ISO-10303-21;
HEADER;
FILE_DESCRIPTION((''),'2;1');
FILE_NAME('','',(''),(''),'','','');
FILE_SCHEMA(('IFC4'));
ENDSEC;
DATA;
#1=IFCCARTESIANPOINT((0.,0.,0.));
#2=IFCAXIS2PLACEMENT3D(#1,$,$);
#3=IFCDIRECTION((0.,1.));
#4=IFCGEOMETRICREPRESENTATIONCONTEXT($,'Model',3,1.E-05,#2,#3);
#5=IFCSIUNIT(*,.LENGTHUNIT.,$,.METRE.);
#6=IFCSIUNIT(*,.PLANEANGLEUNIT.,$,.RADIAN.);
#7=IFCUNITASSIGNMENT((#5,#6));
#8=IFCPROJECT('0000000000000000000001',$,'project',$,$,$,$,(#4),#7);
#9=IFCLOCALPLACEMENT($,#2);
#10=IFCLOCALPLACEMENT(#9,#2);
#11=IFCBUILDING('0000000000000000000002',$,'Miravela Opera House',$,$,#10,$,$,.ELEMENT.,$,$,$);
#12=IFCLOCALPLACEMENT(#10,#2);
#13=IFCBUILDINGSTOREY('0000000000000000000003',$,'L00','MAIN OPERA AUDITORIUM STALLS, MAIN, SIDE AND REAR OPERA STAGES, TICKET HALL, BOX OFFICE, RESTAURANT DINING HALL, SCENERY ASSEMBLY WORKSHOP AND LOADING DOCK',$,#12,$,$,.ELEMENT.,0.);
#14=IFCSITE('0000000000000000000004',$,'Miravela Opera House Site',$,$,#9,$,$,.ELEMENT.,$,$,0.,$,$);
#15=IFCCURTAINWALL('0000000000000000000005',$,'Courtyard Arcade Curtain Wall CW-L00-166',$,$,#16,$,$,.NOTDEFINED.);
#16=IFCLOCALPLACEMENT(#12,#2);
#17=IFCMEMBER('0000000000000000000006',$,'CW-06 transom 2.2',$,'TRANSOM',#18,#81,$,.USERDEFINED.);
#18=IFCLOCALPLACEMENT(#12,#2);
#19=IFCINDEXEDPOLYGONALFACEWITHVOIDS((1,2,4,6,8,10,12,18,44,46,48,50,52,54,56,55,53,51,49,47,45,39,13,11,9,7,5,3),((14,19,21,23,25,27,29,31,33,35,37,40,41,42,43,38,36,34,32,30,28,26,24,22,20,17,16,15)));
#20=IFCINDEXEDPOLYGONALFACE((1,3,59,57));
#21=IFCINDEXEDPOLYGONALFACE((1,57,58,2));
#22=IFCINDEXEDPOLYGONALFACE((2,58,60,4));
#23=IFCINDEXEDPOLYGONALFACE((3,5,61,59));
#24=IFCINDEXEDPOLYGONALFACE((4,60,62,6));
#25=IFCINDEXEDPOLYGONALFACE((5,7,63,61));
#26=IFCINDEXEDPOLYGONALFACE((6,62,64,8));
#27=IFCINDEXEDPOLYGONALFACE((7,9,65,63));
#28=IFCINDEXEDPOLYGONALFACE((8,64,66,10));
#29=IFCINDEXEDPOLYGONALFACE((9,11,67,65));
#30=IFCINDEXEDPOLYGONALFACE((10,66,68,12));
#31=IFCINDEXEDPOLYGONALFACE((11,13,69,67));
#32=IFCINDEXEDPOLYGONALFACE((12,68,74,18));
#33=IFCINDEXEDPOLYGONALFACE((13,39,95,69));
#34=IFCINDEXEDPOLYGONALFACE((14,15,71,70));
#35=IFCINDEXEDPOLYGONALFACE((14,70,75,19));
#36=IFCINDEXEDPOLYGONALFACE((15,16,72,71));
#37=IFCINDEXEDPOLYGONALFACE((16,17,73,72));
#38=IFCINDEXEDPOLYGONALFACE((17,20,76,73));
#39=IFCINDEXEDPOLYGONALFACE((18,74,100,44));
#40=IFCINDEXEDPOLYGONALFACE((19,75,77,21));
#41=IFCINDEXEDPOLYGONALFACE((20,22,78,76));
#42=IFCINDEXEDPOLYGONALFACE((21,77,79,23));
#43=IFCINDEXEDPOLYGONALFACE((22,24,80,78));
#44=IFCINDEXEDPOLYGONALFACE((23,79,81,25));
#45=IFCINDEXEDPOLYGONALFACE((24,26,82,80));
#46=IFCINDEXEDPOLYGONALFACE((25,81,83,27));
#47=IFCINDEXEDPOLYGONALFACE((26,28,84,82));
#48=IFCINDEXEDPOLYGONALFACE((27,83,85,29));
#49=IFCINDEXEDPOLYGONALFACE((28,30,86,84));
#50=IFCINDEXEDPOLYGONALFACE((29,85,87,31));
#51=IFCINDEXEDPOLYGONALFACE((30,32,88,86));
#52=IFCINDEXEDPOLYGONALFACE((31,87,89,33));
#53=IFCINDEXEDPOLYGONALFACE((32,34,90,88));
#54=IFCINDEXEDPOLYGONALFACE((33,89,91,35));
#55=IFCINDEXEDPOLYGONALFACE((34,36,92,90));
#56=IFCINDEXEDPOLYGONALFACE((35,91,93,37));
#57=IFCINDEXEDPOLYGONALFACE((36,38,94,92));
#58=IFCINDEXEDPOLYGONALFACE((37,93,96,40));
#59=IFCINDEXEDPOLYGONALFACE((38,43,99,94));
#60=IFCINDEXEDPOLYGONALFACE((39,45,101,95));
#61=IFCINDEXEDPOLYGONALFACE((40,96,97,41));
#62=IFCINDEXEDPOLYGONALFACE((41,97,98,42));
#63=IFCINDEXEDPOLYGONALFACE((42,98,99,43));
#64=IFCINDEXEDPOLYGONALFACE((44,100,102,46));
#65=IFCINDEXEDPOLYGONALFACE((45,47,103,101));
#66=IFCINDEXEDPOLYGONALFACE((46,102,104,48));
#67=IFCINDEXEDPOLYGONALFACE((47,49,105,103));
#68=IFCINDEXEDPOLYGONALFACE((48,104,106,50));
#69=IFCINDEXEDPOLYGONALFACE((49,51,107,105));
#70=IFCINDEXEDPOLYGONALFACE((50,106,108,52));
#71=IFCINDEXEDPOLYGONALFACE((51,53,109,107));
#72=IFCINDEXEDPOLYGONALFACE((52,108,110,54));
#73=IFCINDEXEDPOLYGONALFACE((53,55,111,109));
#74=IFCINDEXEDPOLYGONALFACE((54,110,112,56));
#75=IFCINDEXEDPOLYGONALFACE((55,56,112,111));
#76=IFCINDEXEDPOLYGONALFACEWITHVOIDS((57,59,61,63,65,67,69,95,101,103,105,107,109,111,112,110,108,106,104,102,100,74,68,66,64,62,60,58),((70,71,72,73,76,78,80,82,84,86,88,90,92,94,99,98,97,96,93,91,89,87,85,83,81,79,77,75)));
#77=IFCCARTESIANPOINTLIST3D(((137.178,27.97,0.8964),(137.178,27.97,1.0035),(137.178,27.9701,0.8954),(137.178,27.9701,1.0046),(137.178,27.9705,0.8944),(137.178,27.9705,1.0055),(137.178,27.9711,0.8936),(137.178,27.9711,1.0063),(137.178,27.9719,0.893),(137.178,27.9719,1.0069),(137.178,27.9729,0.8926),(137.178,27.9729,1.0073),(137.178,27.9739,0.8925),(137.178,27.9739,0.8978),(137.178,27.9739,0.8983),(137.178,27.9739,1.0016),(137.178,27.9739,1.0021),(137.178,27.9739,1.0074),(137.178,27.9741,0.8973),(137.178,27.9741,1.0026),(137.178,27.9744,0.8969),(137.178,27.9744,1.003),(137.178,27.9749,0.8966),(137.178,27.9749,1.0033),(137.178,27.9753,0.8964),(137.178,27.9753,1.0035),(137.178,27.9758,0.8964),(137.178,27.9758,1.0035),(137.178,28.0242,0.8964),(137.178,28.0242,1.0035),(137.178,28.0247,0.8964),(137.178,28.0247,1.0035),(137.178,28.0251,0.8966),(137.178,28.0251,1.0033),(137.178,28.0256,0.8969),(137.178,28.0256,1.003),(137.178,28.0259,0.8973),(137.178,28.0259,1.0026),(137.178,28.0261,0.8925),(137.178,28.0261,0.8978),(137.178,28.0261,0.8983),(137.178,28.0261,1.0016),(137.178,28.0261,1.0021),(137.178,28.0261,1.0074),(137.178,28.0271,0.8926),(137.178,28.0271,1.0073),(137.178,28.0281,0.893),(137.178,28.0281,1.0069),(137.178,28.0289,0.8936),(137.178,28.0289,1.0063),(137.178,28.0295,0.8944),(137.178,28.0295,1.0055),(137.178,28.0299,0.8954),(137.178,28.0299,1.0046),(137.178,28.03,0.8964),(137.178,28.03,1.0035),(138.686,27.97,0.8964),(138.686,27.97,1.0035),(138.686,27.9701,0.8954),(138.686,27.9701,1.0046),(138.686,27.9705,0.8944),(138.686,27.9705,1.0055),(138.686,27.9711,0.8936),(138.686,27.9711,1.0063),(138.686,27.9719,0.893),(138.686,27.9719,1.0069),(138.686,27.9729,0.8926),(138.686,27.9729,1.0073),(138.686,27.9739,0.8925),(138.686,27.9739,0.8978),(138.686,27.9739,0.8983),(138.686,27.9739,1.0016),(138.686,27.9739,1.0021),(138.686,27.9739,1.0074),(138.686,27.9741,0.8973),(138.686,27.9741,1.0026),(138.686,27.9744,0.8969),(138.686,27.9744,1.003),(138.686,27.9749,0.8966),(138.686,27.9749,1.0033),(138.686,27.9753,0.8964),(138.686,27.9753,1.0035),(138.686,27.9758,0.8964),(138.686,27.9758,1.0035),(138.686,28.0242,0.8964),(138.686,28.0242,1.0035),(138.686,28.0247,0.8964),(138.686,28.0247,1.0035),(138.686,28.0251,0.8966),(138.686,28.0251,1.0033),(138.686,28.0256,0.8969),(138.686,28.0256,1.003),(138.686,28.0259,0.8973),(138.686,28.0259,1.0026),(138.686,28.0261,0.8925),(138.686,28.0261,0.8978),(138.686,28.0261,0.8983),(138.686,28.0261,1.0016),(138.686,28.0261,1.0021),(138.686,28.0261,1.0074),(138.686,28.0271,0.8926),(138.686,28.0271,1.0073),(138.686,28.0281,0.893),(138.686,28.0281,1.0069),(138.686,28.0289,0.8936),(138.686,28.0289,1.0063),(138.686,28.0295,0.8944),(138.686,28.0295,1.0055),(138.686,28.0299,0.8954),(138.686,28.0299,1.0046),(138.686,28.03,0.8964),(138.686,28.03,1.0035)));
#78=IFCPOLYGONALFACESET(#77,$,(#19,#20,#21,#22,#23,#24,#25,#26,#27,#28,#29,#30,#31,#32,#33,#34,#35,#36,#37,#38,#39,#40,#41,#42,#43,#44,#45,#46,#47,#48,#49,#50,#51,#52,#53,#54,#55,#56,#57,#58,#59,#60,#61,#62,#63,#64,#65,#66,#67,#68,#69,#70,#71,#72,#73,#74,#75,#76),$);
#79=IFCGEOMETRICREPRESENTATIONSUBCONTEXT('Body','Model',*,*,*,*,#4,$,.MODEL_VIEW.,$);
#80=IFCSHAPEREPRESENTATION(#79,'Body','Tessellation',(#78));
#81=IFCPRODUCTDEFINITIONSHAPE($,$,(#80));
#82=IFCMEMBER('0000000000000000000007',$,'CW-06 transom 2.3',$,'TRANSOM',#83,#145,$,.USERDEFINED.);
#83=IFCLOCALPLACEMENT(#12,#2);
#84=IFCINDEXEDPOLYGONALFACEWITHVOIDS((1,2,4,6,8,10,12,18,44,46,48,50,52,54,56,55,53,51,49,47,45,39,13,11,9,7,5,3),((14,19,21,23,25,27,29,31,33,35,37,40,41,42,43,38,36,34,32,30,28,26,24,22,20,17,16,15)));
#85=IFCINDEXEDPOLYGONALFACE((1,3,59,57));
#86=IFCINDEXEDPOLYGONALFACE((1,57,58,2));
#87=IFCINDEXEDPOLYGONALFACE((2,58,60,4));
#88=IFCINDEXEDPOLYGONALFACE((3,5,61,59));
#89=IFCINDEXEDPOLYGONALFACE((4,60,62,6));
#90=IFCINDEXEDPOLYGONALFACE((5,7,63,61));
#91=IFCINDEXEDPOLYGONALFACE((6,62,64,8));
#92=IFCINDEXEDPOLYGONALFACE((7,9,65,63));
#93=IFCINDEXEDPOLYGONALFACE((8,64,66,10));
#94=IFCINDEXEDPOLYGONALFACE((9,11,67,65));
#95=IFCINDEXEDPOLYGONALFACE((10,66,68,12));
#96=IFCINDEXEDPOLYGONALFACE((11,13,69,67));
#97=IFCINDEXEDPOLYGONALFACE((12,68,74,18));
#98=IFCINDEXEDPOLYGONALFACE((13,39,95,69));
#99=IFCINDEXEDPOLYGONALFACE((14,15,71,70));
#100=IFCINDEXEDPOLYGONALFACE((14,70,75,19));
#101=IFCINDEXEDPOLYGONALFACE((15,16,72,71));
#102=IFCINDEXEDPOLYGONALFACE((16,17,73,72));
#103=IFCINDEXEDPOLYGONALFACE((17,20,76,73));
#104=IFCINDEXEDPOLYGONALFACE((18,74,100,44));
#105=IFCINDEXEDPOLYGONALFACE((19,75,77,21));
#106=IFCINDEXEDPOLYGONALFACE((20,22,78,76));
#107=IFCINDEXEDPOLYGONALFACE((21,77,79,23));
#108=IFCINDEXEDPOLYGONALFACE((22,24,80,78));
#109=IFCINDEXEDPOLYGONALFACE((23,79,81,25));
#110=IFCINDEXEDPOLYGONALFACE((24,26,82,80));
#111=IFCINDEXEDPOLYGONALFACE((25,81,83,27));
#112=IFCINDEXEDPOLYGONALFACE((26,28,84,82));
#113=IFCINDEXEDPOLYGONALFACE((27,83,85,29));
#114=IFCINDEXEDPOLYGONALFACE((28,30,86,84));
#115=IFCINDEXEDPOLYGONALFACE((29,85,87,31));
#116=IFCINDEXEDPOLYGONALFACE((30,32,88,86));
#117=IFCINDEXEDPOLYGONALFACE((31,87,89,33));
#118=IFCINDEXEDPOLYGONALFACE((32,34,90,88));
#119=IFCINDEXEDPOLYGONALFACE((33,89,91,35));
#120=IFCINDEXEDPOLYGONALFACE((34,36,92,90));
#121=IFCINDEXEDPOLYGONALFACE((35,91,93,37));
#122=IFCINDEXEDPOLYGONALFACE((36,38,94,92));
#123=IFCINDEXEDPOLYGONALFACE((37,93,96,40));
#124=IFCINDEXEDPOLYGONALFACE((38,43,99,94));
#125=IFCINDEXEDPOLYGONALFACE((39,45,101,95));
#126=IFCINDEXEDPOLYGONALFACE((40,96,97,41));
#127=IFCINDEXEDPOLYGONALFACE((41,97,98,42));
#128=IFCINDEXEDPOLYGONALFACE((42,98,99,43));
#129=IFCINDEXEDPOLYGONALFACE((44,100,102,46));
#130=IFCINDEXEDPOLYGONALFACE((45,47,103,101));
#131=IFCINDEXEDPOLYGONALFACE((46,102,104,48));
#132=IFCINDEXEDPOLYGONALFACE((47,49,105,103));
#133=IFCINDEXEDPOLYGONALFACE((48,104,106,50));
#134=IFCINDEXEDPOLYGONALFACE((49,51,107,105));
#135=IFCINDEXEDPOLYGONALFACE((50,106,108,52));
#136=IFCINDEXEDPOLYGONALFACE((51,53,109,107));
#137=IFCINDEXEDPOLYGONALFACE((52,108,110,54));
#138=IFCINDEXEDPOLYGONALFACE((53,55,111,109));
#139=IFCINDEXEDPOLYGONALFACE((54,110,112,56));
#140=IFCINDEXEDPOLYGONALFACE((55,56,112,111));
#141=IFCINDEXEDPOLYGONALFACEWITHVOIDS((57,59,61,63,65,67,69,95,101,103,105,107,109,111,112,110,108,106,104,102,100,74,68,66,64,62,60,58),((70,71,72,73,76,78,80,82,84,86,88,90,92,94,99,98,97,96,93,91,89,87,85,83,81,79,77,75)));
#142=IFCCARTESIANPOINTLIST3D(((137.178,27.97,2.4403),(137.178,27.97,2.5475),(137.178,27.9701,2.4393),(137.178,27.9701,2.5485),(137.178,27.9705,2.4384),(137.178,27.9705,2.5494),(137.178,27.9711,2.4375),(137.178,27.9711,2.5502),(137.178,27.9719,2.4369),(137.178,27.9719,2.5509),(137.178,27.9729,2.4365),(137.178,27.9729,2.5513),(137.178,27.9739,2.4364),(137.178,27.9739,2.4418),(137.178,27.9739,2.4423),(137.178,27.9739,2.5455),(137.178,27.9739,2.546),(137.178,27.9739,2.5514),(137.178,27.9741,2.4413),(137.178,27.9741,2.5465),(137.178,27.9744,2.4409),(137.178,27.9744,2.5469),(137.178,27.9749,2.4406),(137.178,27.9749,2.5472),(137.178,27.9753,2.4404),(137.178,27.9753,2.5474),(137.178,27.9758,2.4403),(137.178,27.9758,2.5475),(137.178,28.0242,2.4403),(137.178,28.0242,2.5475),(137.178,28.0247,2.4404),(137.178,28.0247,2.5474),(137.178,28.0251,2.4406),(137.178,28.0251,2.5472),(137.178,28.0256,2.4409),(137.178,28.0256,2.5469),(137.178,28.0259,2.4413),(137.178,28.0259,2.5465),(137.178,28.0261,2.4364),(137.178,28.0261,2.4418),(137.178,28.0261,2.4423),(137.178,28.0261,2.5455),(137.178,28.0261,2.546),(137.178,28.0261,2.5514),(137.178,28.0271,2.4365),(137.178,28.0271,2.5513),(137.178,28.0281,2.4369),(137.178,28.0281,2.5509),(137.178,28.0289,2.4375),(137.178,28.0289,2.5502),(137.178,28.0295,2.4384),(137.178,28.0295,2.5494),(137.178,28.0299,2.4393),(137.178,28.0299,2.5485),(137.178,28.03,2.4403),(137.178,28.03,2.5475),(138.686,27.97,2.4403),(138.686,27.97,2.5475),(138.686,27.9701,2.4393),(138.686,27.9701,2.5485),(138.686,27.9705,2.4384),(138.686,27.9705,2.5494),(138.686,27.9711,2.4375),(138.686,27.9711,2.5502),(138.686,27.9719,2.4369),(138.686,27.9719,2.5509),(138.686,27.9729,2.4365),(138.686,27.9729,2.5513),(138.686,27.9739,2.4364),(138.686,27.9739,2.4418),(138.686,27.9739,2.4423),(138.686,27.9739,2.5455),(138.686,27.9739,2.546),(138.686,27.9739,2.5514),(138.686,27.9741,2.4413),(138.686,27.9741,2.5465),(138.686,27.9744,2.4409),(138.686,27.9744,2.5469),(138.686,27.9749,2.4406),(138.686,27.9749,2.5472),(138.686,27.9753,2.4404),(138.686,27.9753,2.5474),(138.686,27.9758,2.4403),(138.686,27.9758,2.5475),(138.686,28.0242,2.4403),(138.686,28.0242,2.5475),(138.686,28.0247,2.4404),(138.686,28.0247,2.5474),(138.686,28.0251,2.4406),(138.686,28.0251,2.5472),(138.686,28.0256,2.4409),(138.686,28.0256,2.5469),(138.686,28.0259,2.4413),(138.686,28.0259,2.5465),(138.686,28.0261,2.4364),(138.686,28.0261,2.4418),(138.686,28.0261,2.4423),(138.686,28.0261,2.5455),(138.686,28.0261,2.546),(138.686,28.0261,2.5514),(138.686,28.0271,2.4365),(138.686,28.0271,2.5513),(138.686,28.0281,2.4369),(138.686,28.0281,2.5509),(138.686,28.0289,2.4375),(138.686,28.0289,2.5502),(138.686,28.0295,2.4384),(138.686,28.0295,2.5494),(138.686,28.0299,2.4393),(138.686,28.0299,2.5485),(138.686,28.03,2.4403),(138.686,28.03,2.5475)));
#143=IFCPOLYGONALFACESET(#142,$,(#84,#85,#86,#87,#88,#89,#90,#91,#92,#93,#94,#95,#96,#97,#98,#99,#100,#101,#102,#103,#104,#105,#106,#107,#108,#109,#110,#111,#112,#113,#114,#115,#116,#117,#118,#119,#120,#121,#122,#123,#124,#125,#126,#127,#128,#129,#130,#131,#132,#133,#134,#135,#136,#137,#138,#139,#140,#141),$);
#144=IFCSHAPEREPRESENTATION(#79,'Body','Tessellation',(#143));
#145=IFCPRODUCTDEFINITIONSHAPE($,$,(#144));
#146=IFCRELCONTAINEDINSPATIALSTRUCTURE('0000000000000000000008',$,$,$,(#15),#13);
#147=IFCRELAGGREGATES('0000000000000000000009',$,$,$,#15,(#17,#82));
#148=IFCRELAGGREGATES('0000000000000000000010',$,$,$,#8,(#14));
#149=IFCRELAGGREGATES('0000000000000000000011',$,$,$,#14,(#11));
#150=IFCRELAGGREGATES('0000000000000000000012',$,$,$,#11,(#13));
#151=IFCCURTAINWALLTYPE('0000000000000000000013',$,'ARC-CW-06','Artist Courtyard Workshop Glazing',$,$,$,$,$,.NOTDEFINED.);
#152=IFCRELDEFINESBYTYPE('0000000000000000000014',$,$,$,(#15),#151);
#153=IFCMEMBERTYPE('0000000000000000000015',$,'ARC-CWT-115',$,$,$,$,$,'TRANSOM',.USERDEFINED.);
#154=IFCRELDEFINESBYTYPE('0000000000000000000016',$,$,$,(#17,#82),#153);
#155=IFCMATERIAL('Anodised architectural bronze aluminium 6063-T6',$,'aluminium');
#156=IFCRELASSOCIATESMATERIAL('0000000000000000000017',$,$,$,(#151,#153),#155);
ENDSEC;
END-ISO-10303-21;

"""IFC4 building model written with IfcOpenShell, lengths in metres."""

from ifc_helpers import new_model, si_unit, direction, frame, origin, origin_2d, place, context, subcontext, project, spatial, hollow_rectangle, extrude, material, material_profile, profile_set, type_object, element, aggregate, save


model = new_model("IFC4")

# Units and contexts
model_context = context("Model", 3, precision=1e-05, world=origin(), true_north=direction((0.0, 1.0)))
body_context = subcontext(model_context, "Body", "Model", "MODEL_VIEW")
ifc_project = project(units=[si_unit("LENGTHUNIT", "METRE"), si_unit("PLANEANGLEUNIT", "RADIAN")], contexts=[model_context])

# Site, building, storey
site_placement = place(None, origin())
site = spatial("IfcSite", under=ifc_project, at=site_placement, Name="Miravela Opera House Site", CompositionType="ELEMENT", RefElevation=0.0)
building_placement = place(site_placement, origin())
building = spatial("IfcBuilding", under=site, at=building_placement, Name="Miravela Opera House", CompositionType="ELEMENT")
storey_placement = place(building_placement, origin())
storey = spatial("IfcBuildingStorey", under=building, at=storey_placement, Name="L00", Description="MAIN OPERA AUDITORIUM STALLS, MAIN, SIDE AND REAR OPERA STAGES, TICKET HALL, BOX OFFICE, RESTAURANT DINING HALL, SCENERY ASSEMBLY WORKSHOP AND LOADING DOCK", CompositionType="ELEMENT", Elevation=0.0)

# Curtain wall, members
ifc_material_1 = material(Name="Anodised architectural bronze aluminium 6063-T6", Category="aluminium")
curtain_wall_type = type_object("IfcCurtainWallType", Name="ARC-CW-06", Description="Artist Courtyard Workshop Glazing", PredefinedType="NOTDEFINED", material=ifc_material_1)
curtain_wall_placement = place(storey_placement, origin())
curtain_wall = element("IfcCurtainWall", 1, at=curtain_wall_placement, inside=storey, type_object=curtain_wall_type, Name="Courtyard Arcade Curtain Wall CW-L00-166", PredefinedType="NOTDEFINED")
ifc_material_profile_1 = material_profile(ifc_material_1, hollow_rectangle(XDim=0.0601, YDim=0.115, WallThickness=0.0039, InnerFilletRadius=0.002, OuterFilletRadius=0.0039, at=origin_2d()), Name="CWT-60X115")
ifc_profile_set_1 = profile_set([ifc_material_profile_1])
member_type_1 = type_object("IfcMemberType", Name="ARC-CWT-115", ElementType="TRANSOM", PredefinedType="USERDEFINED", material=ifc_profile_set_1)
member_1_placement = place(storey_placement, frame((137.178, 28.0, 0.95), z_axis=(1.0, 0.0, 0.0), x_axis=(0.0, 1.0, 0.0)))
member_1 = element("IfcMember", 2, at=member_1_placement, type_object=member_type_1, Name="CW-06 transom 2.2", ObjectType="TRANSOM", PredefinedType="USERDEFINED", context=body_context, shape_type="SweptSolid", body=[
    extrude(hollow_rectangle(XDim=0.0601, YDim=0.115, WallThickness=0.0039, InnerFilletRadius=0.002, OuterFilletRadius=0.0039, at=origin_2d()), origin(), (0.0, 0.0, 1.0), 1.5081),
])
member_2_placement = place(storey_placement, frame((137.178, 28.0, 2.4939), z_axis=(1.0, 0.0, 0.0), x_axis=(0.0, 1.0, 0.0)))
member_2 = element("IfcMember", 3, at=member_2_placement, type_object=member_type_1, Name="CW-06 transom 2.3", ObjectType="TRANSOM", PredefinedType="USERDEFINED", context=body_context, shape_type="SweptSolid", body=[
    extrude(hollow_rectangle(XDim=0.0601, YDim=0.115, WallThickness=0.0039, InnerFilletRadius=0.002, OuterFilletRadius=0.0039, at=origin_2d()), origin(), (0.0, 0.0, 1.0), 1.5081),
])
aggregate(curtain_wall, [member_1, member_2])

save(model, "model.ifc")
